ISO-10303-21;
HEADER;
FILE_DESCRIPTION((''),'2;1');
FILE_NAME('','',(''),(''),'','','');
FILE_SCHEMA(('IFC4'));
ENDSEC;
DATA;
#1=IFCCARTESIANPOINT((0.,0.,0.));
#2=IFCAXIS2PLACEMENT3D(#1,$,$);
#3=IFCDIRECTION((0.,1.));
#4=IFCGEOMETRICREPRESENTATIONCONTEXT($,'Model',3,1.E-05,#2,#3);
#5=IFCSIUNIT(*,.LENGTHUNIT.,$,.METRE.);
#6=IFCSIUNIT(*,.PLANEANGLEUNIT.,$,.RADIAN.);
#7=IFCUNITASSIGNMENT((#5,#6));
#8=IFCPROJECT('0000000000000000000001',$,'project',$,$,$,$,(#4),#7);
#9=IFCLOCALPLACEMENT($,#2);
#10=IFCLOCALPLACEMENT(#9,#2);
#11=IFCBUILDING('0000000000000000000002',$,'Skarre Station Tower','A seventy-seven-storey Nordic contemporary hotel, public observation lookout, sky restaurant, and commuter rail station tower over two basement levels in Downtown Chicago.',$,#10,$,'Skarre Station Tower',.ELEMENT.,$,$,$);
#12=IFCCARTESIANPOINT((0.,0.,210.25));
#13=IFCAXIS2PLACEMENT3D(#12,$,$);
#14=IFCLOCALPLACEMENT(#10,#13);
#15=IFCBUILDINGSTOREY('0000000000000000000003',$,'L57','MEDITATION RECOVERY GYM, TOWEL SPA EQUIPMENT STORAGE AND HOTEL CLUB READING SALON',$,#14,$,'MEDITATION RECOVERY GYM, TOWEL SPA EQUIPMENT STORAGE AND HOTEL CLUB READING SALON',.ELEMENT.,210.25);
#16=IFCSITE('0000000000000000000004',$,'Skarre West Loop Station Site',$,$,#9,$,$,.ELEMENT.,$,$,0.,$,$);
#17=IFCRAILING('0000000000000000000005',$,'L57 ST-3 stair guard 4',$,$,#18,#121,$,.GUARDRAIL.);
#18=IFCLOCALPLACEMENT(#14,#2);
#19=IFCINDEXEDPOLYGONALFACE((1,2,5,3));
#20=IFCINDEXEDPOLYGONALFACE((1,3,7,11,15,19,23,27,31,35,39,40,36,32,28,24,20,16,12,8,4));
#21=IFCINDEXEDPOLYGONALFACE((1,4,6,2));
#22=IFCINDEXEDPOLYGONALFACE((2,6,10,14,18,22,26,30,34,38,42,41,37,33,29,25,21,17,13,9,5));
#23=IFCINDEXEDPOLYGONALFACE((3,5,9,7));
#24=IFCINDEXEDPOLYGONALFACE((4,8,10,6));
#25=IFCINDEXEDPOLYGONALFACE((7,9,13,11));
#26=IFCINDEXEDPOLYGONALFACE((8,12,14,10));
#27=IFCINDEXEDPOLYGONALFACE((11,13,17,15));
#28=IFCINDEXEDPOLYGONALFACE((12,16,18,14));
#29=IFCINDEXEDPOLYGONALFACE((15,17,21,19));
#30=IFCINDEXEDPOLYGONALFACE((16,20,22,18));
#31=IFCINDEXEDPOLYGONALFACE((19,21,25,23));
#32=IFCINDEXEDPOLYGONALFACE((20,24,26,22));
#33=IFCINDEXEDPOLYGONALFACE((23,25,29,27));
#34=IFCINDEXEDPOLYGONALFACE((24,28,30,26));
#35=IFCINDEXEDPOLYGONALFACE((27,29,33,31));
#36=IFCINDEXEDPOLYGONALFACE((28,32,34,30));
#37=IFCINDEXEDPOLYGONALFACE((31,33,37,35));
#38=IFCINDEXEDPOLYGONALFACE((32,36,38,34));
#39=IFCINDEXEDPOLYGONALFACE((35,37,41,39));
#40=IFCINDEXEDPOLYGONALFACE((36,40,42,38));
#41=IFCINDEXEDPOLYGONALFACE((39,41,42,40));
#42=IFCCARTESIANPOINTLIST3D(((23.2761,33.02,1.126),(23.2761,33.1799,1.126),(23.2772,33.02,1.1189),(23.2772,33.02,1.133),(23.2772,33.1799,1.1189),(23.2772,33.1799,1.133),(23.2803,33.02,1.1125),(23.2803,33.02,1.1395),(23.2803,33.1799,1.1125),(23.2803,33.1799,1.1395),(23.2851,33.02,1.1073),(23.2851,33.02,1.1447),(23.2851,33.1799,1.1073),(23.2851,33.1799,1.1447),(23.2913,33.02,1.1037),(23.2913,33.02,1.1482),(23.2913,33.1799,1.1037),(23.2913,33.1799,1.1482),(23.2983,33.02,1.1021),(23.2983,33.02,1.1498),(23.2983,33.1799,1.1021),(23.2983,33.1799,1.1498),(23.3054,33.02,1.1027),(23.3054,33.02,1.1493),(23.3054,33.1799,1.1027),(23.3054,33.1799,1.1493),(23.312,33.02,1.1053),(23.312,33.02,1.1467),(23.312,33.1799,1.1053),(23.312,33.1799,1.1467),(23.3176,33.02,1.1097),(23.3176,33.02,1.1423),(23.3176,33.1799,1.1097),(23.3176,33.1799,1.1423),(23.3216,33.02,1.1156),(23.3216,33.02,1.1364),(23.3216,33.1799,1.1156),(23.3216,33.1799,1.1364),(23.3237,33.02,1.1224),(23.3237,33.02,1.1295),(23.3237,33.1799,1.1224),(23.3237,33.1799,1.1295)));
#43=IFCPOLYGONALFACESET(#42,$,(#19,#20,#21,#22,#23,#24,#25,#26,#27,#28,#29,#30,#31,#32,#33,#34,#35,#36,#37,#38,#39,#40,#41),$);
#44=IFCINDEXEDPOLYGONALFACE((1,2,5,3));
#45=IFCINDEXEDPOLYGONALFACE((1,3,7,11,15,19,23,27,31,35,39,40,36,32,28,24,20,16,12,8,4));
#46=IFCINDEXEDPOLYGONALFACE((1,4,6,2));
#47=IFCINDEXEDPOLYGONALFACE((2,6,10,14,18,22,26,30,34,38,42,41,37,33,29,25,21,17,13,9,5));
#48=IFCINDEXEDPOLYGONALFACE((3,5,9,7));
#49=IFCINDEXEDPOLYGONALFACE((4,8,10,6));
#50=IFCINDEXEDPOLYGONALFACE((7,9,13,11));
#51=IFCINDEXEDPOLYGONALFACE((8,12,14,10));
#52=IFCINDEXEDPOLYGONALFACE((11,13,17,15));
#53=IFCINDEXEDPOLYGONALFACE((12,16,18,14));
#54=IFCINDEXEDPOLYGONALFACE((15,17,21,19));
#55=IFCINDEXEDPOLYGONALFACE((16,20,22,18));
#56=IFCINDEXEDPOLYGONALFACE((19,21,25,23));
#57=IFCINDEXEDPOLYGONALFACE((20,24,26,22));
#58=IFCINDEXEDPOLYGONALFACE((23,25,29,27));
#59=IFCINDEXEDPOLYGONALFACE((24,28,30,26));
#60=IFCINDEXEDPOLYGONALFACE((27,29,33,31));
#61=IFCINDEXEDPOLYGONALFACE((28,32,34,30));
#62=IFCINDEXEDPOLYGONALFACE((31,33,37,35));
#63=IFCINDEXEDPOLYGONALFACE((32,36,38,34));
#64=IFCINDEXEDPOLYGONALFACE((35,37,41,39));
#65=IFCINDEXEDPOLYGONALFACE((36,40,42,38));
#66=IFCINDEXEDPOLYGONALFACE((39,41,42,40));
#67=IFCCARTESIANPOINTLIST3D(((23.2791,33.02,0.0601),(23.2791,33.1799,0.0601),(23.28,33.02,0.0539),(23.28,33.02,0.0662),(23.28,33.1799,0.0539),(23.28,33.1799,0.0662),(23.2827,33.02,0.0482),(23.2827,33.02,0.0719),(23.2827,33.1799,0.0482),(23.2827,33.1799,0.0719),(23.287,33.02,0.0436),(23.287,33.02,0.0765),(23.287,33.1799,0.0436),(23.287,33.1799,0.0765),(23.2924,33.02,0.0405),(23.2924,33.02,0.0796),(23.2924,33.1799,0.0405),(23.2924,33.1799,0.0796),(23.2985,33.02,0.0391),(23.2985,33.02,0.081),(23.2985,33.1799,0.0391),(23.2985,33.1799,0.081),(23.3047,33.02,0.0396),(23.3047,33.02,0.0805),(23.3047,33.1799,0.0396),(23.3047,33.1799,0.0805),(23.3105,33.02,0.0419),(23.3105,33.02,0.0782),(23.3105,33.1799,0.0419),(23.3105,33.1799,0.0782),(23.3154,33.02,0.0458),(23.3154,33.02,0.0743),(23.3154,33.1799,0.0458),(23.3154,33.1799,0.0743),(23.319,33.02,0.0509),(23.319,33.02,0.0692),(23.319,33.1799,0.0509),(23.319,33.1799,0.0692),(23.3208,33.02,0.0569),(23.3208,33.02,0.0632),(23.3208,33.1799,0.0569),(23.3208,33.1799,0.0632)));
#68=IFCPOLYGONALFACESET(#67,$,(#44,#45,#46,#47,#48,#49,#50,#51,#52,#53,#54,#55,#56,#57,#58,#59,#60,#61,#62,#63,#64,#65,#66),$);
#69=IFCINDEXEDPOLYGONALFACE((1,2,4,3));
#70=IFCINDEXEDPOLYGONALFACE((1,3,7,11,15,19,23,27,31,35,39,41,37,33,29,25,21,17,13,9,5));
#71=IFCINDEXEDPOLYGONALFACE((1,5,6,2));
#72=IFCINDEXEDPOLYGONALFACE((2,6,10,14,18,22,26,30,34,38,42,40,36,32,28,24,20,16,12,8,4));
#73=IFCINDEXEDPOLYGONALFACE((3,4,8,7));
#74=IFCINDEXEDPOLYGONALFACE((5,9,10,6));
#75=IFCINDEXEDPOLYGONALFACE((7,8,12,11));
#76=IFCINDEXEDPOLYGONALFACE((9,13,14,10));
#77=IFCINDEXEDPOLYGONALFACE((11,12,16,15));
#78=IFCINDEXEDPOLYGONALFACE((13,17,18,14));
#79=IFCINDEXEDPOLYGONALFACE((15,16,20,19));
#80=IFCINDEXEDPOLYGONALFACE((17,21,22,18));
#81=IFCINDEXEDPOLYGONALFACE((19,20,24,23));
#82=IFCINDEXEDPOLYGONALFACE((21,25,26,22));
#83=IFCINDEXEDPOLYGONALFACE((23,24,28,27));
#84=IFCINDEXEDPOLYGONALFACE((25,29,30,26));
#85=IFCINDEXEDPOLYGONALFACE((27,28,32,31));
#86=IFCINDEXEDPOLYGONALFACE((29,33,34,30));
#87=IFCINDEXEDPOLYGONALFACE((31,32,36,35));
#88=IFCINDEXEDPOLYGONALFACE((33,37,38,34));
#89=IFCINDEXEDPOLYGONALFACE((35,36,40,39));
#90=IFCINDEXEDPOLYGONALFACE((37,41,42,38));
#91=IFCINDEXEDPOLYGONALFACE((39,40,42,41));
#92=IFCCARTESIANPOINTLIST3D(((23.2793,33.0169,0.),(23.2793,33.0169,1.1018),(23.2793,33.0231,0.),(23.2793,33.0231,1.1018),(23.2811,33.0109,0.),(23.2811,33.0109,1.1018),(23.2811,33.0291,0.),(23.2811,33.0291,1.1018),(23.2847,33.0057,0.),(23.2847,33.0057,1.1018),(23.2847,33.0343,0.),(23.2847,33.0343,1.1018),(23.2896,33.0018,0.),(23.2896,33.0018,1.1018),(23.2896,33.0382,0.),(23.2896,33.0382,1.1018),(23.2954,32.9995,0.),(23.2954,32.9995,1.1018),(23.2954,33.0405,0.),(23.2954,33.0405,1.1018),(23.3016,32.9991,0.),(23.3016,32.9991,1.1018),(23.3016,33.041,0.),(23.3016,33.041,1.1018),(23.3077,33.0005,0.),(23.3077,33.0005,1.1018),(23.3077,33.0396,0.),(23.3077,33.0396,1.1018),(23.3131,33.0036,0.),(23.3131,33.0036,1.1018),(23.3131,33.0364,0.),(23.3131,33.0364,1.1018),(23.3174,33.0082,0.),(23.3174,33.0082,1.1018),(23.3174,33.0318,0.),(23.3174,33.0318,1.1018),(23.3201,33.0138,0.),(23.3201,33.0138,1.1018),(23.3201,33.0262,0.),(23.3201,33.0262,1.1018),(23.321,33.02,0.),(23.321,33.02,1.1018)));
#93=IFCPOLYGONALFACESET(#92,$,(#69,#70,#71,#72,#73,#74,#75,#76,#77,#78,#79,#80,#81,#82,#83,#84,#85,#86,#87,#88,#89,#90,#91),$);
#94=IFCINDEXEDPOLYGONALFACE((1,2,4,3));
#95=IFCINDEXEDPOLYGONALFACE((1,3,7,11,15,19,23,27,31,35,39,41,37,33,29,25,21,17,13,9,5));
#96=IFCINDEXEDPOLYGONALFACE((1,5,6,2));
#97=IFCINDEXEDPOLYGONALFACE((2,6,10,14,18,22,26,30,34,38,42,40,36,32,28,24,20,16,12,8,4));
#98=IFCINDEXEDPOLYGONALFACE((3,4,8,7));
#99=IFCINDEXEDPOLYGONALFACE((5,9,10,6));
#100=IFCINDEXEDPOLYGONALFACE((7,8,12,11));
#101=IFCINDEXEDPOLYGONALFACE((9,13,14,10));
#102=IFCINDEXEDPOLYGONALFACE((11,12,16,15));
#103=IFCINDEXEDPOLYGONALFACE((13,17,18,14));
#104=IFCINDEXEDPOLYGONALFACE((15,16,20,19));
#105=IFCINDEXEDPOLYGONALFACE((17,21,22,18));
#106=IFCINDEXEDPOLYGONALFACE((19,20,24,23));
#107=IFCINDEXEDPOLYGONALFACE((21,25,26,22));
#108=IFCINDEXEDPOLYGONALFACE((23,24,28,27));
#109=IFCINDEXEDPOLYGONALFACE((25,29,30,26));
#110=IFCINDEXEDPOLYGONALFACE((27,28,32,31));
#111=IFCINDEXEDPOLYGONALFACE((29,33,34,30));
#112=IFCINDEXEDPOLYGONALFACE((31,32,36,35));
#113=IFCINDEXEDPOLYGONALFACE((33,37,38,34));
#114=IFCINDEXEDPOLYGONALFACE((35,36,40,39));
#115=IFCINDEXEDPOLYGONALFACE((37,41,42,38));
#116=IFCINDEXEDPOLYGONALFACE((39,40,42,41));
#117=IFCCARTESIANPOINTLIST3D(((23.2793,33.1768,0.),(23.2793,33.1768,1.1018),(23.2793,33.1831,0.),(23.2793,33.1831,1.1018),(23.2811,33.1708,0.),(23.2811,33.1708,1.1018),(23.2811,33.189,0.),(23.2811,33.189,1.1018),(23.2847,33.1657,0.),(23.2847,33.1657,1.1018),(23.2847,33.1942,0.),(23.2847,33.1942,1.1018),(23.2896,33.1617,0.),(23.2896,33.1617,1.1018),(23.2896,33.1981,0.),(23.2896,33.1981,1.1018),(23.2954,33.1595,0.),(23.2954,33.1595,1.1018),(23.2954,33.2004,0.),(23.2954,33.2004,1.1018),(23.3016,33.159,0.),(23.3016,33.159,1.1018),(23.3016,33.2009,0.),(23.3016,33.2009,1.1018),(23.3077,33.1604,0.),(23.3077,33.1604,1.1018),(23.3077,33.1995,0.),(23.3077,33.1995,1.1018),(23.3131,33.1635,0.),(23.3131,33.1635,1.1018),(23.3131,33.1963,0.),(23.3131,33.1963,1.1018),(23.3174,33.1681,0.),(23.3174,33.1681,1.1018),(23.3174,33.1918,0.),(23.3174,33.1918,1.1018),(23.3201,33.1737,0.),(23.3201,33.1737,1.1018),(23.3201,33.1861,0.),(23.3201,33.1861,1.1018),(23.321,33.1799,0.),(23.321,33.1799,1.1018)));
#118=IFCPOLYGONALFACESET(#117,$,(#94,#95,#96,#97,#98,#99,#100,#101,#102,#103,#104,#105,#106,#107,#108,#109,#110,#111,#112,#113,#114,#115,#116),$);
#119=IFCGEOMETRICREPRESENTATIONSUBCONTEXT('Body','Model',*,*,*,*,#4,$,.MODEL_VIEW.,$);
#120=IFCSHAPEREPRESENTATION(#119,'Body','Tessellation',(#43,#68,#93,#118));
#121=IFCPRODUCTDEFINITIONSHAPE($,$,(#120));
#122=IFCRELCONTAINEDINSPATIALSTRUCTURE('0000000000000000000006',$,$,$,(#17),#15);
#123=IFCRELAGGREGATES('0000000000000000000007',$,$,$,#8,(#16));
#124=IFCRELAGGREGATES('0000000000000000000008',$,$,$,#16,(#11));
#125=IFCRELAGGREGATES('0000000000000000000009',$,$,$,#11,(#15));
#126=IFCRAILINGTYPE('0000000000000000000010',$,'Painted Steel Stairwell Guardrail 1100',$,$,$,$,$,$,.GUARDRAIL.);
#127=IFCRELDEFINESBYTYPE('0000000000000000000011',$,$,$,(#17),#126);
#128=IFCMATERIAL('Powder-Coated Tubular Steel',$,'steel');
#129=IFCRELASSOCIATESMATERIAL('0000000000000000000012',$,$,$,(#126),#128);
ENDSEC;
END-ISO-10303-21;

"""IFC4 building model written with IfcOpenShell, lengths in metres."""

from ifc_helpers import new_model, si_unit, direction, frame, origin, origin_2d, place, context, subcontext, project, spatial, circle, extrude, material, type_object, element, save


model = new_model("IFC4")

# Units and contexts
model_context = context("Model", 3, precision=1e-05, world=origin(), true_north=direction((0.0, 1.0)))
body_context = subcontext(model_context, "Body", "Model", "MODEL_VIEW")
ifc_project = project(units=[si_unit("LENGTHUNIT", "METRE"), si_unit("PLANEANGLEUNIT", "RADIAN")], contexts=[model_context])

# Site, building, storey
site_placement = place(None, origin())
site = spatial("IfcSite", under=ifc_project, at=site_placement, Name="Skarre West Loop Station Site", CompositionType="ELEMENT", RefElevation=0.0)
building_placement = place(site_placement, origin())
building = spatial("IfcBuilding", under=site, at=building_placement, Name="Skarre Station Tower", Description="A seventy-seven-storey Nordic contemporary hotel, public observation lookout, sky restaurant, and commuter rail station tower over two basement levels in Downtown Chicago.", LongName="Skarre Station Tower", CompositionType="ELEMENT")
storey_placement = place(building_placement, frame((0.0, 0.0, 210.25)))
storey = spatial("IfcBuildingStorey", under=building, at=storey_placement, Name="L57", Description="MEDITATION RECOVERY GYM, TOWEL SPA EQUIPMENT STORAGE AND HOTEL CLUB READING SALON", LongName="MEDITATION RECOVERY GYM, TOWEL SPA EQUIPMENT STORAGE AND HOTEL CLUB READING SALON", CompositionType="ELEMENT", Elevation=210.25)

# Railing
ifc_material_1 = material(Name="Powder-Coated Tubular Steel", Category="steel")
railing_type_1 = type_object("IfcRailingType", Name="Painted Steel Stairwell Guardrail 1100", PredefinedType="GUARDRAIL", material=ifc_material_1)
railing_1_placement = place(storey_placement, frame((23.3, 33.02, 0.0)))
element("IfcRailing", 1, at=railing_1_placement, inside=storey, type_object=railing_type_1, Name="L57 ST-3 stair guard 4", PredefinedType="GUARDRAIL", context=body_context, shape_type="SweptSolid", body=[
    extrude(circle(Radius=0.0239, at=origin_2d()), frame((0.0, 0.0, 1.126), z_axis=(0.0, 1.0, 0.0), x_axis=(-1.0, 0.0, 0.0)), (0.0, 0.0, 1.0), 0.1599),
    extrude(circle(Radius=0.021, at=origin_2d()), frame((0.0, 0.0, 0.0601), z_axis=(0.0, 1.0, 0.0), x_axis=(-1.0, 0.0, 0.0)), (0.0, 0.0, 1.0), 0.1599),
    extrude(circle(Radius=0.021, at=origin_2d()), origin(), (0.0, 0.0, 1.0), 1.1018),
    extrude(circle(Radius=0.021, at=origin_2d()), frame((0.0, 0.1599, 0.0)), (0.0, 0.0, 1.0), 1.1018),
])

save(model, "model.ifc")
